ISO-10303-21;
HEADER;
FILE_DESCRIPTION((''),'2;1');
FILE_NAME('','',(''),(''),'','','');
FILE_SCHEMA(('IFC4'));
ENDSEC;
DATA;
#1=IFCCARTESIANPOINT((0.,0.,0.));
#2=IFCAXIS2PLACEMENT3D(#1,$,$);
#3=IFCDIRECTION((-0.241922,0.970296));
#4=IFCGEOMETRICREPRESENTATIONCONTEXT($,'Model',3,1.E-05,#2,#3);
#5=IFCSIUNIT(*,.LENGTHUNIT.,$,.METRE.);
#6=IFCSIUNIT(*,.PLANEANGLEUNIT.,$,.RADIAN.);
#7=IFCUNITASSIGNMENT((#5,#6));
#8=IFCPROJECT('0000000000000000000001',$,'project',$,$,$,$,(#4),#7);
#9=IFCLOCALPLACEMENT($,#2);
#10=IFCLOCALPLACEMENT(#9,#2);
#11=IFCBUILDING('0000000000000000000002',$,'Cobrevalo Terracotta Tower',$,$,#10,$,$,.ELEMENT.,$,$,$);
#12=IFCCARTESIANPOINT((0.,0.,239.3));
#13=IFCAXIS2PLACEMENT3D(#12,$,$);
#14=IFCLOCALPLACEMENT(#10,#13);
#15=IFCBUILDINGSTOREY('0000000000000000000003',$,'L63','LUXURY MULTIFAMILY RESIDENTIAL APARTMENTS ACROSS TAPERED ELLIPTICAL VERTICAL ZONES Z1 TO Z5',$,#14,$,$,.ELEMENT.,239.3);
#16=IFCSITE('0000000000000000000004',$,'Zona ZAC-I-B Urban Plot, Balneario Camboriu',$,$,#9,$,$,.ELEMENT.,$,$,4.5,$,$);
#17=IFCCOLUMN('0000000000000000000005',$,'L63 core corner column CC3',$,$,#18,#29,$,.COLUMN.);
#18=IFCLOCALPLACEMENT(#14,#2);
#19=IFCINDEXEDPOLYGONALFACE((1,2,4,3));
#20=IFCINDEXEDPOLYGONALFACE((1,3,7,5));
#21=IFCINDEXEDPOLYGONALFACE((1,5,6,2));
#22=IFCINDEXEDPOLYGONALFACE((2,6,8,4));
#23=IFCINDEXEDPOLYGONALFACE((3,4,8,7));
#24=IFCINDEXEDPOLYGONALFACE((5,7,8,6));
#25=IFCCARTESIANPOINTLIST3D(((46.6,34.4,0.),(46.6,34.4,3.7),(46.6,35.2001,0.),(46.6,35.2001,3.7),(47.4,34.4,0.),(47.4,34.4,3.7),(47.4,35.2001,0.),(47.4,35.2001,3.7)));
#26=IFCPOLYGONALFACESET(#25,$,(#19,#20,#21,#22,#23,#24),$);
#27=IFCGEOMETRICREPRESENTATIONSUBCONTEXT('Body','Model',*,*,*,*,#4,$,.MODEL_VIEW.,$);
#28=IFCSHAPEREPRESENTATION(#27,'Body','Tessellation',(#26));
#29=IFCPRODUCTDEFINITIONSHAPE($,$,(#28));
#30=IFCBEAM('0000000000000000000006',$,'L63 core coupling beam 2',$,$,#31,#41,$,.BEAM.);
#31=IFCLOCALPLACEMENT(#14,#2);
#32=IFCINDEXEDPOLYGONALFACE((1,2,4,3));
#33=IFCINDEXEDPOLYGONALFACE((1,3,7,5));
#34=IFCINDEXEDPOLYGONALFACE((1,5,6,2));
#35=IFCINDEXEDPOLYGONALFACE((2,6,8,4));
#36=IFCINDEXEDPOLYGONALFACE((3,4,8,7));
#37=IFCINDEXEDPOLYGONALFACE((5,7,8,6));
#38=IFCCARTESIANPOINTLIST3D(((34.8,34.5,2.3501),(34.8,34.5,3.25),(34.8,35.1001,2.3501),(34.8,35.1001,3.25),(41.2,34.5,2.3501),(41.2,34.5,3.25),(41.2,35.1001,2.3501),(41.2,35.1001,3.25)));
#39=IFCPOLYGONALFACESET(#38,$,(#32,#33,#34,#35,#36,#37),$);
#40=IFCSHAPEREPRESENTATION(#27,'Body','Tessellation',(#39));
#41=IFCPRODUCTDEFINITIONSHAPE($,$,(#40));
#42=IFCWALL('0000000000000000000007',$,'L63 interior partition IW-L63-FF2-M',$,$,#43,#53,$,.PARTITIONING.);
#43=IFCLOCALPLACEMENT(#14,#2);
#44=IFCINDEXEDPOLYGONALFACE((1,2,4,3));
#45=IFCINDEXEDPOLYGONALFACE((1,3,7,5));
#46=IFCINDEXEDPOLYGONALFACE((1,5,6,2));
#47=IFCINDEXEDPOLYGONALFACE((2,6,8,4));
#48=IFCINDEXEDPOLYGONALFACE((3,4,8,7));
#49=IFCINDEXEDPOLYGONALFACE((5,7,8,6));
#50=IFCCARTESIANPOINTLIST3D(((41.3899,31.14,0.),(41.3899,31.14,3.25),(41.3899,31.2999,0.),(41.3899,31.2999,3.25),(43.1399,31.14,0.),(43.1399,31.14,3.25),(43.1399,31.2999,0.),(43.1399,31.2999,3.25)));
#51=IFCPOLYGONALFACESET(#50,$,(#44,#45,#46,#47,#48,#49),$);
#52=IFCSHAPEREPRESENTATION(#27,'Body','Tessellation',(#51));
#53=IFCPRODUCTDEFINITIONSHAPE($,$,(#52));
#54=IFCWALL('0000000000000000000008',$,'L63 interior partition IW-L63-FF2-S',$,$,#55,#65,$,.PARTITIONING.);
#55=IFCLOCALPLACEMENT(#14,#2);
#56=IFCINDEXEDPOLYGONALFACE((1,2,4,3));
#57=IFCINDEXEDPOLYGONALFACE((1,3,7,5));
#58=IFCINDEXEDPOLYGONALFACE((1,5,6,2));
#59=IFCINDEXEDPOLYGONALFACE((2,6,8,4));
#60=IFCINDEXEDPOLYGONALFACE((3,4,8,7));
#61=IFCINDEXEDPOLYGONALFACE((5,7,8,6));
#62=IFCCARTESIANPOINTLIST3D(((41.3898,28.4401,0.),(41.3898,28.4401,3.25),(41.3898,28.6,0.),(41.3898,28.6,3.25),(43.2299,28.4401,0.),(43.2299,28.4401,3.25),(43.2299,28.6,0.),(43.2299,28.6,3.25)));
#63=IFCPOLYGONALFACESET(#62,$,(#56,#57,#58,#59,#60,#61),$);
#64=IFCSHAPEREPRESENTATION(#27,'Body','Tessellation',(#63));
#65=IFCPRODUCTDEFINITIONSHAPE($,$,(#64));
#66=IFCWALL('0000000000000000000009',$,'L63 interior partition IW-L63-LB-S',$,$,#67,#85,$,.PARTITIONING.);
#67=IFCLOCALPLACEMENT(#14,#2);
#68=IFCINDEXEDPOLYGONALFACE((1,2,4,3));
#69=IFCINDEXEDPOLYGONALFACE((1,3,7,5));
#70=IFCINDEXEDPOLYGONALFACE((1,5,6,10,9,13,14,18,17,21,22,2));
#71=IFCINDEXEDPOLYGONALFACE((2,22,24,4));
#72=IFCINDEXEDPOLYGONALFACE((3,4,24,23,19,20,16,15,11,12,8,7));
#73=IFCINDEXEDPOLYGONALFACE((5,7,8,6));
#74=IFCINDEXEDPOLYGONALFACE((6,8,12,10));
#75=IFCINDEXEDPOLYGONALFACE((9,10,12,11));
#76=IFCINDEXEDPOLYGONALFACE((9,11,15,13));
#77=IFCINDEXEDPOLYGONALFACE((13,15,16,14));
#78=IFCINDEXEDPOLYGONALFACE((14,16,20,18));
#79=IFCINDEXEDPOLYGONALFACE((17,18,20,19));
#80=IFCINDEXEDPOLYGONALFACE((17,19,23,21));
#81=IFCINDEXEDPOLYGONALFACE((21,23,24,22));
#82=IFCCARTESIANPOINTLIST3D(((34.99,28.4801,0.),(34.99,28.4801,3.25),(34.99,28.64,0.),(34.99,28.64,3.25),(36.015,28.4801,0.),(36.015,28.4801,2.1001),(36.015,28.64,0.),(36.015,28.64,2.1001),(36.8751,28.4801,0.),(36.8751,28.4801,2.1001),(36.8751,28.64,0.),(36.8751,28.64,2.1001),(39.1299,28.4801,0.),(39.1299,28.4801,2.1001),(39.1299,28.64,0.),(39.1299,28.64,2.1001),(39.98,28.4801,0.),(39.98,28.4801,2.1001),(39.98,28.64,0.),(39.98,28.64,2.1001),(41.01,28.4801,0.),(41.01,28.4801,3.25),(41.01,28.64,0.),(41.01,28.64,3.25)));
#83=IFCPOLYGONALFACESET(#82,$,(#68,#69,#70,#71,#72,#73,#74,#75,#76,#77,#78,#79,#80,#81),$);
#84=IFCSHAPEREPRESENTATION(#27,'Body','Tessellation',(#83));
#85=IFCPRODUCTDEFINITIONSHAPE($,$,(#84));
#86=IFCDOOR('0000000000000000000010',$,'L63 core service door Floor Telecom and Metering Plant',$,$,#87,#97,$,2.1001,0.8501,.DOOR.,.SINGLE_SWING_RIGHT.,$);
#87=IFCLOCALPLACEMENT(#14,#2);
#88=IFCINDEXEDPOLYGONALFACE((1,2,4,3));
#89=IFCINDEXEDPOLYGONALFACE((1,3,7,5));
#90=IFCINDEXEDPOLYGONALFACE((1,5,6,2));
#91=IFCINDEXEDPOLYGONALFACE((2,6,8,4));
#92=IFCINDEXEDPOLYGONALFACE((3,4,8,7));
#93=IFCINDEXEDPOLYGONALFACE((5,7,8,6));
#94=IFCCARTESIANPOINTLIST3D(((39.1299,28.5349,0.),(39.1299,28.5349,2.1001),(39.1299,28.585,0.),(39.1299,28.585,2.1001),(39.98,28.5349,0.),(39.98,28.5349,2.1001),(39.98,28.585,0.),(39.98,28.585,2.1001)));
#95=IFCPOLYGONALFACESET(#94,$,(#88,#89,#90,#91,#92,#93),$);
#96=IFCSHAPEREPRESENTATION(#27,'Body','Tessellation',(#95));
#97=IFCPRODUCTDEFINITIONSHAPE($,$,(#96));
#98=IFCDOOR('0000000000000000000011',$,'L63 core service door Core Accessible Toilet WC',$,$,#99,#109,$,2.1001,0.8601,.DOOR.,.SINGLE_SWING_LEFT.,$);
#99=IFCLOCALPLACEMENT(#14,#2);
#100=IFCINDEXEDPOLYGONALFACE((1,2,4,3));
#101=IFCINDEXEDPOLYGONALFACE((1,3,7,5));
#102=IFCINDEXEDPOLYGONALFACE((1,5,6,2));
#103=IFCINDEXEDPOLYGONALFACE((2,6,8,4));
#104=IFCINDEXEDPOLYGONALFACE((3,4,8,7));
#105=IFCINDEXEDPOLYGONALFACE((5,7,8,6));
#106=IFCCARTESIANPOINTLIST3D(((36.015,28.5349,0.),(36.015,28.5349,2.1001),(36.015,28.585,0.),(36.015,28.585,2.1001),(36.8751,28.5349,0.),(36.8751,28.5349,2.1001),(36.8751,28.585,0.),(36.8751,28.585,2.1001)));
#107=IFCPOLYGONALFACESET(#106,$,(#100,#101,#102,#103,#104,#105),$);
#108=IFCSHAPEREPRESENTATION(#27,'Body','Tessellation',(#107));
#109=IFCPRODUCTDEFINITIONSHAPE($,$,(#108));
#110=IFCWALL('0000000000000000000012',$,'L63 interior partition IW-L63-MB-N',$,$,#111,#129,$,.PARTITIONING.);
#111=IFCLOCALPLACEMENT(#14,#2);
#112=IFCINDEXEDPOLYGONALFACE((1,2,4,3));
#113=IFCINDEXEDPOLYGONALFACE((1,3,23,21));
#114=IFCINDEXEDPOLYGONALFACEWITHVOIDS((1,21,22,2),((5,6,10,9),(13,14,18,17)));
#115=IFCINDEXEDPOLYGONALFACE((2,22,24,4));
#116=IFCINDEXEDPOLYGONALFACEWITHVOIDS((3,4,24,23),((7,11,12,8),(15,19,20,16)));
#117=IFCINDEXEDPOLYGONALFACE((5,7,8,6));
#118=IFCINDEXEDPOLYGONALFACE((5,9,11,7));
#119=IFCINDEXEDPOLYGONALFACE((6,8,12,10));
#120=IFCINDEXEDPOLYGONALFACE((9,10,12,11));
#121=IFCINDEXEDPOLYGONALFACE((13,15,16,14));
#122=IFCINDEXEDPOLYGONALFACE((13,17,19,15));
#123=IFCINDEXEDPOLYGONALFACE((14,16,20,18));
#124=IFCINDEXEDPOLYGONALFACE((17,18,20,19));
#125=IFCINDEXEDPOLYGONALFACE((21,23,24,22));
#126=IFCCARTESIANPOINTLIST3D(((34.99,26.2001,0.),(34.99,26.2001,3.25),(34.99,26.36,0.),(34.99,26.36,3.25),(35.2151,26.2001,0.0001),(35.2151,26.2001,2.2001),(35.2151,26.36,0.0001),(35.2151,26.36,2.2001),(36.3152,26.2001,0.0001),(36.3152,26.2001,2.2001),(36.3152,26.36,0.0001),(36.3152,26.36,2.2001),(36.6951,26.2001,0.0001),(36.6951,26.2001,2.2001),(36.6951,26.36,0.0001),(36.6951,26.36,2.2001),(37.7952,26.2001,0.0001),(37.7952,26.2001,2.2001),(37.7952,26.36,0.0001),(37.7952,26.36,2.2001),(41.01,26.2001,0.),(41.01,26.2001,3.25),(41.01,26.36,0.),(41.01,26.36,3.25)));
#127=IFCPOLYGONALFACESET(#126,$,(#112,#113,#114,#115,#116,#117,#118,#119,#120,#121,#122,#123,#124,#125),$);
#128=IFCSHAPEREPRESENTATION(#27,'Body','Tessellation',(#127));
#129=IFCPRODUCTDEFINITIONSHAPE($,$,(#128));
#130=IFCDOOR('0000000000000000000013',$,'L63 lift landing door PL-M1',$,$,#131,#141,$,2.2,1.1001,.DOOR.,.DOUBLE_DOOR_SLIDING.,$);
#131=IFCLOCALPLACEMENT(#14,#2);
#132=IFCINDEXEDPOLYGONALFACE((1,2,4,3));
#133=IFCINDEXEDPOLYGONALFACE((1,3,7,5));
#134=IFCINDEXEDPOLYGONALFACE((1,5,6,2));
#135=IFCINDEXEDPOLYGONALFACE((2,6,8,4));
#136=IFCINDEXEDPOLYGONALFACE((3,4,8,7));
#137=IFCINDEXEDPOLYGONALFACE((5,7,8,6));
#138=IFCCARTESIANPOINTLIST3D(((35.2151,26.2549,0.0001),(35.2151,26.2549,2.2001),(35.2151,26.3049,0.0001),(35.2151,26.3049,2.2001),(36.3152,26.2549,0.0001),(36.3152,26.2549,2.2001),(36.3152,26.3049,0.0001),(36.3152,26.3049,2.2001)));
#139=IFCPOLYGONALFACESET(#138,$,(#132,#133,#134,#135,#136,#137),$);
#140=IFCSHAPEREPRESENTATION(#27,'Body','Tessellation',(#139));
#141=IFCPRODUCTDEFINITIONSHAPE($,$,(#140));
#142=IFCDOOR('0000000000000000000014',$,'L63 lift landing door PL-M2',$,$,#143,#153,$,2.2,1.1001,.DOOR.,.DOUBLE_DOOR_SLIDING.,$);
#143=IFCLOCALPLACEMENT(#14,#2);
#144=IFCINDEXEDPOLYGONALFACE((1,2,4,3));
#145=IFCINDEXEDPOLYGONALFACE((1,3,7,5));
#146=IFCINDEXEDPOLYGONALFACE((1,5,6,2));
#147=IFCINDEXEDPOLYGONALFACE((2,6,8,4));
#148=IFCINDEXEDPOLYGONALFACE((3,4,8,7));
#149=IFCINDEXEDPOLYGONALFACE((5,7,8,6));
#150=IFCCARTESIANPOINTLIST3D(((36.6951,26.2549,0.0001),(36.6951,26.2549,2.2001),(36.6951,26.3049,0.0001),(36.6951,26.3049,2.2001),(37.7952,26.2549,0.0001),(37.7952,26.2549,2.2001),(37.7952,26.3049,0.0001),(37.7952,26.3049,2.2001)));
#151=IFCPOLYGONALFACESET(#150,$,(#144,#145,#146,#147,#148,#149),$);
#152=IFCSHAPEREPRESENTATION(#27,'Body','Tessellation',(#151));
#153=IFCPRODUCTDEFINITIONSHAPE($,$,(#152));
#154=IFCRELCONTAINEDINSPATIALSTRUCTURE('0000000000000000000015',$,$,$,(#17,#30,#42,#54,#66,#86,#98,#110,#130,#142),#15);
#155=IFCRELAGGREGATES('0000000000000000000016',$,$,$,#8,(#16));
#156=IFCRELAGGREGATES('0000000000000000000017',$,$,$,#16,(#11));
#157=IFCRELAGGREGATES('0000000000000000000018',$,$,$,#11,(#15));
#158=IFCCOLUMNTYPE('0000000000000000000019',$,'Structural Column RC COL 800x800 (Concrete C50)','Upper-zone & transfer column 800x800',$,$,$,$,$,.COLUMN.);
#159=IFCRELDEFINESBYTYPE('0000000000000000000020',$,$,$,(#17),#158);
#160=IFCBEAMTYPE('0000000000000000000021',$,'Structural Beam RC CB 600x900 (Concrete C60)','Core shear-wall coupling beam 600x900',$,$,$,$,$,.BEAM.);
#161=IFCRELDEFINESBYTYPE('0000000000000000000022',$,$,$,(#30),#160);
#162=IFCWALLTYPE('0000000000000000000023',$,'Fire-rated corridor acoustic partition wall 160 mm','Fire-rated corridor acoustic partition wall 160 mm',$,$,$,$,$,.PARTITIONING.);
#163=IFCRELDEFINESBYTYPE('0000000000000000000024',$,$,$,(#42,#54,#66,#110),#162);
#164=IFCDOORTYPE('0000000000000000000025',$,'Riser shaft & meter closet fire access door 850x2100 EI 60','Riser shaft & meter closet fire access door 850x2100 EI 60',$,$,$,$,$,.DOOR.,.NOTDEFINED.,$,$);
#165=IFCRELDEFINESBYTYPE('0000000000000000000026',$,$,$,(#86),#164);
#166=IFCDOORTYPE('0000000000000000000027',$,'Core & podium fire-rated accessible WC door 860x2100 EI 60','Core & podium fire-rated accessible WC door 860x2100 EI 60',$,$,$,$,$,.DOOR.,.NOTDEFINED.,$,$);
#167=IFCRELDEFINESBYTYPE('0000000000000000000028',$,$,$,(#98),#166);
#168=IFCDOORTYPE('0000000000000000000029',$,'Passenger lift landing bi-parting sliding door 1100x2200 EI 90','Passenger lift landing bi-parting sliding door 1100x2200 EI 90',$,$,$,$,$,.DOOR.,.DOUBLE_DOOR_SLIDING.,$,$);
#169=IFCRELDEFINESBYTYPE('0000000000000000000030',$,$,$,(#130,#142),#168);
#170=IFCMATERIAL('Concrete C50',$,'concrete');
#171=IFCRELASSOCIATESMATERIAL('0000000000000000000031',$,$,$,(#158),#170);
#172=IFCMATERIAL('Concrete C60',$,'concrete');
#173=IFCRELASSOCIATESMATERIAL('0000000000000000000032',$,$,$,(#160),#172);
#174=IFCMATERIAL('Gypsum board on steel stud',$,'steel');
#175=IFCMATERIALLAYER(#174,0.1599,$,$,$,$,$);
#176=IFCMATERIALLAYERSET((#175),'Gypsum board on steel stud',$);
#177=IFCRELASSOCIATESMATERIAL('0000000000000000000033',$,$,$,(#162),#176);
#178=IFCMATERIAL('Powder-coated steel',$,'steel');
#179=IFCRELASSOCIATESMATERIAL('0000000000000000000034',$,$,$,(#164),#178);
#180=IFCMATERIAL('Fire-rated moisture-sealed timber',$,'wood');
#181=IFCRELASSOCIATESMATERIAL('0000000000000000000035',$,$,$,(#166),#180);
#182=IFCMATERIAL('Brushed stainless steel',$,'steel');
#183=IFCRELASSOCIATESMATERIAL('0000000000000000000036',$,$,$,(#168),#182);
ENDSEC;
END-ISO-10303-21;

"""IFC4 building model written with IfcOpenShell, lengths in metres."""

from ifc_helpers import new_model, si_unit, direction, frame, frame_2d, origin, origin_2d, place, context, subcontext, project, spatial, rectangle, extrude, source, transform, mapped, material, layer, layer_set, material_profile, profile_set, type_object, element, fill, save


model = new_model("IFC4")

# Units and contexts
model_context = context("Model", 3, precision=1e-05, world=origin(), true_north=direction((-0.241922, 0.970296)))
body_context = subcontext(model_context, "Body", "Model", "MODEL_VIEW")
ifc_project = project(units=[si_unit("LENGTHUNIT", "METRE"), si_unit("PLANEANGLEUNIT", "RADIAN")], contexts=[model_context])

# Site, building, storey
site_placement = place(None, origin())
site = spatial("IfcSite", under=ifc_project, at=site_placement, Name="Zona ZAC-I-B Urban Plot, Balneario Camboriu", CompositionType="ELEMENT", RefElevation=4.5)
building_placement = place(site_placement, origin())
building = spatial("IfcBuilding", under=site, at=building_placement, Name="Cobrevalo Terracotta Tower", CompositionType="ELEMENT")
storey_placement = place(building_placement, frame((0.0, 0.0, 239.3)))
storey = spatial("IfcBuildingStorey", under=building, at=storey_placement, Name="L63", Description="LUXURY MULTIFAMILY RESIDENTIAL APARTMENTS ACROSS TAPERED ELLIPTICAL VERTICAL ZONES Z1 TO Z5", CompositionType="ELEMENT", Elevation=239.3)

# Column
ifc_material_1 = material(Name="Concrete C50", Category="concrete")
ifc_material_profile_1 = material_profile(ifc_material_1, rectangle(XDim=0.8, YDim=0.8, at=origin_2d()), Name="RC COL 800x800")
ifc_profile_set_1 = profile_set([ifc_material_profile_1], Name="Concrete C50")
column_type = type_object("IfcColumnType", Name="Structural Column RC COL 800x800 (Concrete C50)", Description="Upper-zone & transfer column 800x800", PredefinedType="COLUMN", material=ifc_profile_set_1)
column_placement = place(storey_placement, frame((47.0, 34.8, 0.0), z_axis=(0.0, 0.0, 1.0), x_axis=(1.0, 0.0, 0.0)))
element("IfcColumn", 1, at=column_placement, inside=storey, type_object=column_type, Name="L63 core corner column CC3", PredefinedType="COLUMN", context=body_context, shape_type="SweptSolid", body=[
    extrude(rectangle(XDim=0.8, YDim=0.8, at=origin_2d()), origin(), (0.0, 0.0, 1.0), 3.7),
])

# Beam
ifc_material_2 = material(Name="Concrete C60", Category="concrete")
ifc_material_profile_2 = material_profile(ifc_material_2, rectangle(XDim=0.6001, YDim=0.8999, at=origin_2d()), Name="RC CB 600x900")
ifc_profile_set_2 = profile_set([ifc_material_profile_2], Name="Concrete C60")
beam_type = type_object("IfcBeamType", Name="Structural Beam RC CB 600x900 (Concrete C60)", Description="Core shear-wall coupling beam 600x900", PredefinedType="BEAM", material=ifc_profile_set_2)
beam_placement = place(storey_placement, frame((34.8, 34.8, 2.8), z_axis=(1.0, 0.0, 0.0), x_axis=(0.0, 1.0, 0.0)))
element("IfcBeam", 2, at=beam_placement, inside=storey, type_object=beam_type, Name="L63 core coupling beam 2", PredefinedType="BEAM", context=body_context, shape_type="SweptSolid", body=[
    extrude(rectangle(XDim=0.6001, YDim=0.8999, at=origin_2d()), origin(), (0.0, 0.0, 1.0), 6.3999),
])

# Walls
ifc_material_3 = material(Name="Gypsum board on steel stud", Category="steel")
ifc_layer_1 = layer(ifc_material_3, 0.1599)
ifc_layer_set_1 = layer_set([ifc_layer_1], Name="Gypsum board on steel stud")
wall_type_1 = type_object("IfcWallType", Name="Fire-rated corridor acoustic partition wall 160 mm", Description="Fire-rated corridor acoustic partition wall 160 mm", PredefinedType="PARTITIONING", material=ifc_layer_set_1)
wall_1_placement = place(storey_placement, frame((41.3899, 31.22, 0.0), z_axis=(0.0, 0.0, 1.0), x_axis=(1.0, 0.0, 0.0)))
element("IfcWall", 3, at=wall_1_placement, inside=storey, type_object=wall_type_1, Name="L63 interior partition IW-L63-FF2-M", PredefinedType="PARTITIONING", context=body_context, shape_type="SweptSolid", body=[
    extrude(rectangle(XDim=1.75, YDim=0.1599, at=frame_2d((0.875, 0.0))), origin(), (0.0, 0.0, 1.0), 3.25),
])
wall_2_placement = place(storey_placement, frame((41.3899, 28.52, 0.0), z_axis=(0.0, 0.0, 1.0), x_axis=(1.0, 0.0, 0.0)))
element("IfcWall", 4, at=wall_2_placement, inside=storey, type_object=wall_type_1, Name="L63 interior partition IW-L63-FF2-S", PredefinedType="PARTITIONING", context=body_context, shape_type="SweptSolid", body=[
    extrude(rectangle(XDim=1.8401, YDim=0.1599, at=frame_2d((0.9199, 0.0))), origin(), (0.0, 0.0, 1.0), 3.25),
])

# Walls, openings, doors
wall_3_placement = place(storey_placement, frame((34.99, 28.5601, 0.0), z_axis=(0.0, 0.0, 1.0), x_axis=(1.0, 0.0, 0.0)))
wall_3 = element("IfcWall", 5, at=wall_3_placement, inside=storey, type_object=wall_type_1, Name="L63 interior partition IW-L63-LB-S", PredefinedType="PARTITIONING", context=body_context, shape_type="SweptSolid", body=[
    extrude(rectangle(XDim=6.02, YDim=0.1599, at=frame_2d((3.01, 0.0))), origin(), (0.0, 0.0, 1.0), 3.25),
])
opening_1_placement = place(wall_3_placement, frame((1.0249, 0.0, 0.0)))
opening_1 = element("IfcOpeningElement", 6, at=opening_1_placement, cuts=wall_3, PredefinedType="OPENING", context=body_context, shape_type="SweptSolid", body=[
    extrude(rectangle(XDim=0.8601, YDim=2.1001, at=frame_2d((0.4302, 1.05))), frame((0.0, 0.0898, 0.0), z_axis=(0.0, -1.0, 0.0), x_axis=(1.0, 0.0, 0.0)), (0.0, 0.0, 1.0), 0.1799),
])
opening_2_placement = place(wall_3_placement, frame((4.1399, 0.0, 0.0)))
opening_2 = element("IfcOpeningElement", 7, at=opening_2_placement, cuts=wall_3, PredefinedType="OPENING", context=body_context, shape_type="SweptSolid", body=[
    extrude(rectangle(XDim=0.8501, YDim=2.1001, at=frame_2d((0.425, 1.05))), frame((0.0, 0.0898, 0.0), z_axis=(0.0, -1.0, 0.0), x_axis=(1.0, 0.0, 0.0)), (0.0, 0.0, 1.0), 0.1799),
])
ifc_material_4 = material(Name="Powder-coated steel", Category="steel")
door_type_1 = type_object("IfcDoorType", Name="Riser shaft & meter closet fire access door 850x2100 EI 60", Description="Riser shaft & meter closet fire access door 850x2100 EI 60", OperationType="NOTDEFINED", PredefinedType="DOOR", material=ifc_material_4)
shared_shape_1 = source(origin(), body_context, "Body", "SweptSolid", [
    extrude(rectangle(XDim=0.8501, YDim=2.1001, at=frame_2d((0.425, 1.05))), frame((0.0, 0.0249, 0.0), z_axis=(0.0, -1.0, 0.0), x_axis=(1.0, 0.0, 0.0)), (0.0, 0.0, 1.0), 0.05),
])
door_1_placement = place(opening_2_placement, origin())
door_1 = element("IfcDoor", 8, at=door_1_placement, inside=storey, type_object=door_type_1, Name="L63 core service door Floor Telecom and Metering Plant", OperationType="SINGLE_SWING_RIGHT", OverallHeight=2.1001, OverallWidth=0.8501, PredefinedType="DOOR", context=body_context, shape_type="MappedRepresentation", body=[
    mapped(shared_shape_1, transform((0.0, 0.0, 0.0), scale=1.0)),
])
fill(opening_2, door_1)
ifc_material_5 = material(Name="Fire-rated moisture-sealed timber", Category="wood")
door_type_2 = type_object("IfcDoorType", Name="Core & podium fire-rated accessible WC door 860x2100 EI 60", Description="Core & podium fire-rated accessible WC door 860x2100 EI 60", OperationType="NOTDEFINED", PredefinedType="DOOR", material=ifc_material_5)
shared_shape_2 = source(origin(), body_context, "Body", "SweptSolid", [
    extrude(rectangle(XDim=0.8601, YDim=2.1001, at=frame_2d((0.4302, 1.05))), frame((0.0, 0.0249, 0.0), z_axis=(0.0, -1.0, 0.0), x_axis=(1.0, 0.0, 0.0)), (0.0, 0.0, 1.0), 0.05),
])
door_2_placement = place(opening_1_placement, origin())
door_2 = element("IfcDoor", 9, at=door_2_placement, inside=storey, type_object=door_type_2, Name="L63 core service door Core Accessible Toilet WC", OperationType="SINGLE_SWING_LEFT", OverallHeight=2.1001, OverallWidth=0.8601, PredefinedType="DOOR", context=body_context, shape_type="MappedRepresentation", body=[
    mapped(shared_shape_2, transform((0.0, 0.0, 0.0), scale=1.0)),
])
fill(opening_1, door_2)
wall_4_placement = place(storey_placement, frame((34.99, 26.28, 0.0), z_axis=(0.0, 0.0, 1.0), x_axis=(1.0, 0.0, 0.0)))
wall_4 = element("IfcWall", 10, at=wall_4_placement, inside=storey, type_object=wall_type_1, Name="L63 interior partition IW-L63-MB-N", PredefinedType="PARTITIONING", context=body_context, shape_type="SweptSolid", body=[
    extrude(rectangle(XDim=6.02, YDim=0.1599, at=frame_2d((3.01, 0.0))), origin(), (0.0, 0.0, 1.0), 3.25),
])
opening_3_placement = place(wall_4_placement, frame((0.2251, 0.0, 0.0)))
opening_3 = element("IfcOpeningElement", 11, at=opening_3_placement, cuts=wall_4, PredefinedType="OPENING", context=body_context, shape_type="SweptSolid", body=[
    extrude(rectangle(XDim=1.1001, YDim=2.2, at=frame_2d((0.55, 1.1001))), frame((0.0, 0.0898, 0.0), z_axis=(0.0, -1.0, 0.0), x_axis=(1.0, 0.0, 0.0)), (0.0, 0.0, 1.0), 0.1799),
])
opening_4_placement = place(wall_4_placement, frame((1.7051, 0.0, 0.0)))
opening_4 = element("IfcOpeningElement", 12, at=opening_4_placement, cuts=wall_4, PredefinedType="OPENING", context=body_context, shape_type="SweptSolid", body=[
    extrude(rectangle(XDim=1.1001, YDim=2.2, at=frame_2d((0.55, 1.1001))), frame((0.0, 0.0898, 0.0), z_axis=(0.0, -1.0, 0.0), x_axis=(1.0, 0.0, 0.0)), (0.0, 0.0, 1.0), 0.1799),
])
ifc_material_6 = material(Name="Brushed stainless steel", Category="steel")
door_type_3 = type_object("IfcDoorType", Name="Passenger lift landing bi-parting sliding door 1100x2200 EI 90", Description="Passenger lift landing bi-parting sliding door 1100x2200 EI 90", OperationType="DOUBLE_DOOR_SLIDING", PredefinedType="DOOR", material=ifc_material_6)
shared_shape_3 = source(origin(), body_context, "Body", "SweptSolid", [
    extrude(rectangle(XDim=1.1001, YDim=2.2, at=frame_2d((0.55, 1.1001))), frame((0.0, 0.0249, 0.0), z_axis=(0.0, -1.0, 0.0), x_axis=(1.0, 0.0, 0.0)), (0.0, 0.0, 1.0), 0.05),
])
door_3_placement = place(opening_3_placement, origin())
door_3 = element("IfcDoor", 13, at=door_3_placement, inside=storey, type_object=door_type_3, Name="L63 lift landing door PL-M1", OperationType="DOUBLE_DOOR_SLIDING", OverallHeight=2.2, OverallWidth=1.1001, PredefinedType="DOOR", context=body_context, shape_type="MappedRepresentation", body=[
    mapped(shared_shape_3, transform((0.0, 0.0, 0.0), scale=1.0)),
])
fill(opening_3, door_3)
door_4_placement = place(opening_4_placement, origin())
door_4 = element("IfcDoor", 14, at=door_4_placement, inside=storey, type_object=door_type_3, Name="L63 lift landing door PL-M2", OperationType="DOUBLE_DOOR_SLIDING", OverallHeight=2.2, OverallWidth=1.1001, PredefinedType="DOOR", context=body_context, shape_type="MappedRepresentation", body=[
    mapped(shared_shape_3, transform((0.0, 0.0, 0.0), scale=1.0)),
])
fill(opening_4, door_4)

save(model, "model.ifc")
